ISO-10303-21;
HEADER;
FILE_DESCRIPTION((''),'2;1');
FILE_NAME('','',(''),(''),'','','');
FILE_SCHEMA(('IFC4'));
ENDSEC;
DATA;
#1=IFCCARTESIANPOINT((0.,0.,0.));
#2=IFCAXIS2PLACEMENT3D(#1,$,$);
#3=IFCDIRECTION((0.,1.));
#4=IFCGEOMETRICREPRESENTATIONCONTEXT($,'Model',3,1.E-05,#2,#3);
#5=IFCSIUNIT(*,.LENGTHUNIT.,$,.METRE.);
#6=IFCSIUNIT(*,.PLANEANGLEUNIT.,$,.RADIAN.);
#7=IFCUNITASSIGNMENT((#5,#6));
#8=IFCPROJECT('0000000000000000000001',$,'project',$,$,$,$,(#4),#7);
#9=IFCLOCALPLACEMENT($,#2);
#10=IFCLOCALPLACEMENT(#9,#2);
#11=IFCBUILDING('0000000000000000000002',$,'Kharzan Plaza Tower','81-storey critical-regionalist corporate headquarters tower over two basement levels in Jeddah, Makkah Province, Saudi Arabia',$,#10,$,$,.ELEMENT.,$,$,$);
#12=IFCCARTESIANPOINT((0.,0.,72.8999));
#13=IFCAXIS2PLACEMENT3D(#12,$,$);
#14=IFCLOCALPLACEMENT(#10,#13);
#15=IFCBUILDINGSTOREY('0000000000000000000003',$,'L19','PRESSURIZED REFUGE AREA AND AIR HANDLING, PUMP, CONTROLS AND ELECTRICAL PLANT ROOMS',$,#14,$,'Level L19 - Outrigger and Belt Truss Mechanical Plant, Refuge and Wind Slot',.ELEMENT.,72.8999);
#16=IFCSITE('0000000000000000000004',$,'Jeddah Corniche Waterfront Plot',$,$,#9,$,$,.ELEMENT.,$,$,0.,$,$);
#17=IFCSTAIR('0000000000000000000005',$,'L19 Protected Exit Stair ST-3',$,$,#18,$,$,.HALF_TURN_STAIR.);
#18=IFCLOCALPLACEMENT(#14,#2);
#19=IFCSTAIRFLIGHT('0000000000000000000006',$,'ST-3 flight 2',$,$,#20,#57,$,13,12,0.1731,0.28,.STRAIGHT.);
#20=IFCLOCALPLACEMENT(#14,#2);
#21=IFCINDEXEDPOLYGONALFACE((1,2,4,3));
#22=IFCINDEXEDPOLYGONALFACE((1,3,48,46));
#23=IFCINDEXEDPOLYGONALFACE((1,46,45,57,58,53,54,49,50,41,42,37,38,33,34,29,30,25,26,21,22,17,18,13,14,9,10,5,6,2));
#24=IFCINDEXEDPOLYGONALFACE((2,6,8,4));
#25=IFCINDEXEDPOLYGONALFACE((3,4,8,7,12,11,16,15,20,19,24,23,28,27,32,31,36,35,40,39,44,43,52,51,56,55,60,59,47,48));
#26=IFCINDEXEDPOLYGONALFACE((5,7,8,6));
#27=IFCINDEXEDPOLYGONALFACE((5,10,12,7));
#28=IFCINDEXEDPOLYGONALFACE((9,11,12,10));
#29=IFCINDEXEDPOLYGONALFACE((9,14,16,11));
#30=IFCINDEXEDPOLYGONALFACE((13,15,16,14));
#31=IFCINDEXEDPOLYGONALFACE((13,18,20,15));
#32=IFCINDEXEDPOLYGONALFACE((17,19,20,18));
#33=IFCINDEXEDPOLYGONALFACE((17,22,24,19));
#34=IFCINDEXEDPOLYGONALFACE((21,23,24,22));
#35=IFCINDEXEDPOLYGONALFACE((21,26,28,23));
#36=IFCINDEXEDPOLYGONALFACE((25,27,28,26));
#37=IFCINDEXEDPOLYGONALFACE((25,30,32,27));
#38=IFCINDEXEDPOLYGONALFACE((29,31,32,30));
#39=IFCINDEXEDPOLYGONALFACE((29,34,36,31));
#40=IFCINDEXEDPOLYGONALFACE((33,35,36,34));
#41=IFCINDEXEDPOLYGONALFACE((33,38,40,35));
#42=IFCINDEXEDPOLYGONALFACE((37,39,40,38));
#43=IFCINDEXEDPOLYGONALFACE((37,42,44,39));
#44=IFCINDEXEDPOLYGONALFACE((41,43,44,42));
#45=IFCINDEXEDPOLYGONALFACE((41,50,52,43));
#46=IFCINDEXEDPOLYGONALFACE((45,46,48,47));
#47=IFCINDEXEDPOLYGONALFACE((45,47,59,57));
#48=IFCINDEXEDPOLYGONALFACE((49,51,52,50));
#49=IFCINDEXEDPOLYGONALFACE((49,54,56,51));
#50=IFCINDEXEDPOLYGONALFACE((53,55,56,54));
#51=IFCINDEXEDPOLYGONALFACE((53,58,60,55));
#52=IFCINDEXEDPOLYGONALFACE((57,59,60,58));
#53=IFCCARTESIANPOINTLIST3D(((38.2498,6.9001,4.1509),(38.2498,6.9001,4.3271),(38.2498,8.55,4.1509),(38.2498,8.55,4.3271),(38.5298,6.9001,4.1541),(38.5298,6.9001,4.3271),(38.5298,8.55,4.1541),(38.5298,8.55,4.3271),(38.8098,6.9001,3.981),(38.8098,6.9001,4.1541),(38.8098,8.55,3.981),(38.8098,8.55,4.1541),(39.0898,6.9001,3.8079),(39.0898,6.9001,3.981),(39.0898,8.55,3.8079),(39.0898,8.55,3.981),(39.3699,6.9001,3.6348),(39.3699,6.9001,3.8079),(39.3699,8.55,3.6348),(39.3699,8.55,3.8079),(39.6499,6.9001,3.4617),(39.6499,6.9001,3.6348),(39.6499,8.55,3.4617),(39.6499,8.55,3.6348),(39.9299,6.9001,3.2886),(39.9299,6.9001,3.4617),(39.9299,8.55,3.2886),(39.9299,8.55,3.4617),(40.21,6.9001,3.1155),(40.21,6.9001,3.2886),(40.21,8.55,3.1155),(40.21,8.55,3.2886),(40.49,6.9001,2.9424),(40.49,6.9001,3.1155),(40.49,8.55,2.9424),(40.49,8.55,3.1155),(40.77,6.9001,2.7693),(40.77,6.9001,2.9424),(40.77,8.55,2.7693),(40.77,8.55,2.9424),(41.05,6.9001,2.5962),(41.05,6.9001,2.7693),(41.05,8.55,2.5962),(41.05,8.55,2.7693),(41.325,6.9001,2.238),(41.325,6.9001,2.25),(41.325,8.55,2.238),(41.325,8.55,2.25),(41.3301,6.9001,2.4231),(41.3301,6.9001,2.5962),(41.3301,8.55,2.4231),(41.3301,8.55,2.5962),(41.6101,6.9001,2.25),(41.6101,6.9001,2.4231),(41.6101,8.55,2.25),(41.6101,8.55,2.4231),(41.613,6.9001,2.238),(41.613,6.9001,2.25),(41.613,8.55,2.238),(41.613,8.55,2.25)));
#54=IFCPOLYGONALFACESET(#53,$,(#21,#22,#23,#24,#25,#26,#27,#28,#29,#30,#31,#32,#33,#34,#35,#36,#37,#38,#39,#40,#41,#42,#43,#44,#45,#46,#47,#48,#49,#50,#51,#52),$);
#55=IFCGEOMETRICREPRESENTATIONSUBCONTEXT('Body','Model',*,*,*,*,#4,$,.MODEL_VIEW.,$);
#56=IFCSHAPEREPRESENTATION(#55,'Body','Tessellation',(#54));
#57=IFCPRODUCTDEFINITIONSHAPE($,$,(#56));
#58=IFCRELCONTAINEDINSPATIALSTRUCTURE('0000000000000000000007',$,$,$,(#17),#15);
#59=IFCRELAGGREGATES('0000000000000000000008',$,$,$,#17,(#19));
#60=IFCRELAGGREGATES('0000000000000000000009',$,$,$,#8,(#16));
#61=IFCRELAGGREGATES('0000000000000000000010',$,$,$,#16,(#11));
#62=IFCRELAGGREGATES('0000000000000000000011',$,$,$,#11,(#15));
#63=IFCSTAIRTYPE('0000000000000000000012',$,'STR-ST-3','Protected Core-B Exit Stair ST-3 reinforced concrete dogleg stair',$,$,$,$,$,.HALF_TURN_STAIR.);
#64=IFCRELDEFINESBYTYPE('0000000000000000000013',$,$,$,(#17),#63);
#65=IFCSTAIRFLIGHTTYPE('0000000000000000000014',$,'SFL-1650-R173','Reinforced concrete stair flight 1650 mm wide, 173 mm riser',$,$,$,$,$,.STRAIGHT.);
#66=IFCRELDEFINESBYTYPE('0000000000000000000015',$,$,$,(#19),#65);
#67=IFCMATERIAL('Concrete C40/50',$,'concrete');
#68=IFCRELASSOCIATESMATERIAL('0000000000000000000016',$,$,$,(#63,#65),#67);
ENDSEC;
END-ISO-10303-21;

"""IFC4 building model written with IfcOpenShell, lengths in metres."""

from ifc_helpers import new_model, si_unit, direction, frame, origin, place, context, subcontext, project, spatial, polyline, outline, extrude, source, transform, mapped, material, type_object, element, aggregate, save


model = new_model("IFC4")

# Units and contexts
model_context = context("Model", 3, precision=1e-05, world=origin(), true_north=direction((0.0, 1.0)))
body_context = subcontext(model_context, "Body", "Model", "MODEL_VIEW")
ifc_project = project(units=[si_unit("LENGTHUNIT", "METRE"), si_unit("PLANEANGLEUNIT", "RADIAN")], contexts=[model_context])

# Site, building, storey
site_placement = place(None, origin())
site = spatial("IfcSite", under=ifc_project, at=site_placement, Name="Jeddah Corniche Waterfront Plot", CompositionType="ELEMENT", RefElevation=0.0)
building_placement = place(site_placement, origin())
building = spatial("IfcBuilding", under=site, at=building_placement, Name="Kharzan Plaza Tower", Description="81-storey critical-regionalist corporate headquarters tower over two basement levels in Jeddah, Makkah Province, Saudi Arabia", CompositionType="ELEMENT")
storey_placement = place(building_placement, frame((0.0, 0.0, 72.8999)))
storey = spatial("IfcBuildingStorey", under=building, at=storey_placement, Name="L19", Description="PRESSURIZED REFUGE AREA AND AIR HANDLING, PUMP, CONTROLS AND ELECTRICAL PLANT ROOMS", LongName="Level L19 - Outrigger and Belt Truss Mechanical Plant, Refuge and Wind Slot", CompositionType="ELEMENT", Elevation=72.8999)

# Shared definitions
ifc_material_1 = material(Name="Concrete C40/50", Category="concrete")

# Stair, stair flight
stair_type = type_object("IfcStairType", Name="STR-ST-3", Description="Protected Core-B Exit Stair ST-3 reinforced concrete dogleg stair", PredefinedType="HALF_TURN_STAIR", material=ifc_material_1)
stair_placement = place(storey_placement, origin())
stair = element("IfcStair", 1, at=stair_placement, inside=storey, type_object=stair_type, Name="L19 Protected Exit Stair ST-3", PredefinedType="HALF_TURN_STAIR")
stair_flight_type = type_object("IfcStairFlightType", Name="SFL-1650-R173", Description="Reinforced concrete stair flight 1650 mm wide, 173 mm riser", PredefinedType="STRAIGHT", material=ifc_material_1)
shared_shape_1 = source(origin(), body_context, "Body", "SweptSolid", [
    extrude(outline(polyline([(-0.0029, -0.012), (-0.0029, 0.0), (0.0, 0.0), (0.0, 0.1731), (0.28, 0.1731), (0.28, 0.3462), (0.5601, 0.3462), (0.5601, 0.5193), (0.8401, 0.5193), (0.8401, 0.6924), (1.1201, 0.6924), (1.1201, 0.8655), (1.4001, 0.8655), (1.4001, 1.0386), (1.6802, 1.0386), (1.6802, 1.2117), (1.9602, 1.2117), (1.9602, 1.3848), (2.2402, 1.3848), (2.2402, 1.5579), (2.5203, 1.5579), (2.5203, 1.731), (2.8003, 1.731), (2.8003, 1.9041), (3.0803, 1.9041), (3.0803, 2.0771), (3.3604, 2.0771), (3.3604, 2.2502), (3.3604, 1.9009), (0.2852, 0.0), (0.2852, -0.012), (-0.0029, -0.012)])), frame((0.0, 0.825, 0.0), z_axis=(0.0, -1.0, 0.0), x_axis=(1.0, 0.0, 0.0)), (0.0, 0.0, 1.0), 1.6499),
])
stair_flight_1_placement = place(storey_placement, frame((41.6101, 7.7251, 2.25), z_axis=(0.0, 0.0, 1.0), x_axis=(-1.0, 0.0, 0.0)))
stair_flight_1 = element("IfcStairFlight", 2, at=stair_flight_1_placement, type_object=stair_flight_type, Name="ST-3 flight 2", NumberOfRisers=13, NumberOfTreads=12, PredefinedType="STRAIGHT", RiserHeight=0.1731, TreadLength=0.28, context=body_context, shape_type="MappedRepresentation", body=[
    mapped(shared_shape_1, transform((0.0, 0.0, 0.0), x_axis=(1.0, 0.0, 0.0), y_axis=(0.0, 1.0, 0.0), z_axis=(0.0, 0.0, 1.0))),
])
aggregate(stair, [stair_flight_1])

save(model, "model.ifc")
